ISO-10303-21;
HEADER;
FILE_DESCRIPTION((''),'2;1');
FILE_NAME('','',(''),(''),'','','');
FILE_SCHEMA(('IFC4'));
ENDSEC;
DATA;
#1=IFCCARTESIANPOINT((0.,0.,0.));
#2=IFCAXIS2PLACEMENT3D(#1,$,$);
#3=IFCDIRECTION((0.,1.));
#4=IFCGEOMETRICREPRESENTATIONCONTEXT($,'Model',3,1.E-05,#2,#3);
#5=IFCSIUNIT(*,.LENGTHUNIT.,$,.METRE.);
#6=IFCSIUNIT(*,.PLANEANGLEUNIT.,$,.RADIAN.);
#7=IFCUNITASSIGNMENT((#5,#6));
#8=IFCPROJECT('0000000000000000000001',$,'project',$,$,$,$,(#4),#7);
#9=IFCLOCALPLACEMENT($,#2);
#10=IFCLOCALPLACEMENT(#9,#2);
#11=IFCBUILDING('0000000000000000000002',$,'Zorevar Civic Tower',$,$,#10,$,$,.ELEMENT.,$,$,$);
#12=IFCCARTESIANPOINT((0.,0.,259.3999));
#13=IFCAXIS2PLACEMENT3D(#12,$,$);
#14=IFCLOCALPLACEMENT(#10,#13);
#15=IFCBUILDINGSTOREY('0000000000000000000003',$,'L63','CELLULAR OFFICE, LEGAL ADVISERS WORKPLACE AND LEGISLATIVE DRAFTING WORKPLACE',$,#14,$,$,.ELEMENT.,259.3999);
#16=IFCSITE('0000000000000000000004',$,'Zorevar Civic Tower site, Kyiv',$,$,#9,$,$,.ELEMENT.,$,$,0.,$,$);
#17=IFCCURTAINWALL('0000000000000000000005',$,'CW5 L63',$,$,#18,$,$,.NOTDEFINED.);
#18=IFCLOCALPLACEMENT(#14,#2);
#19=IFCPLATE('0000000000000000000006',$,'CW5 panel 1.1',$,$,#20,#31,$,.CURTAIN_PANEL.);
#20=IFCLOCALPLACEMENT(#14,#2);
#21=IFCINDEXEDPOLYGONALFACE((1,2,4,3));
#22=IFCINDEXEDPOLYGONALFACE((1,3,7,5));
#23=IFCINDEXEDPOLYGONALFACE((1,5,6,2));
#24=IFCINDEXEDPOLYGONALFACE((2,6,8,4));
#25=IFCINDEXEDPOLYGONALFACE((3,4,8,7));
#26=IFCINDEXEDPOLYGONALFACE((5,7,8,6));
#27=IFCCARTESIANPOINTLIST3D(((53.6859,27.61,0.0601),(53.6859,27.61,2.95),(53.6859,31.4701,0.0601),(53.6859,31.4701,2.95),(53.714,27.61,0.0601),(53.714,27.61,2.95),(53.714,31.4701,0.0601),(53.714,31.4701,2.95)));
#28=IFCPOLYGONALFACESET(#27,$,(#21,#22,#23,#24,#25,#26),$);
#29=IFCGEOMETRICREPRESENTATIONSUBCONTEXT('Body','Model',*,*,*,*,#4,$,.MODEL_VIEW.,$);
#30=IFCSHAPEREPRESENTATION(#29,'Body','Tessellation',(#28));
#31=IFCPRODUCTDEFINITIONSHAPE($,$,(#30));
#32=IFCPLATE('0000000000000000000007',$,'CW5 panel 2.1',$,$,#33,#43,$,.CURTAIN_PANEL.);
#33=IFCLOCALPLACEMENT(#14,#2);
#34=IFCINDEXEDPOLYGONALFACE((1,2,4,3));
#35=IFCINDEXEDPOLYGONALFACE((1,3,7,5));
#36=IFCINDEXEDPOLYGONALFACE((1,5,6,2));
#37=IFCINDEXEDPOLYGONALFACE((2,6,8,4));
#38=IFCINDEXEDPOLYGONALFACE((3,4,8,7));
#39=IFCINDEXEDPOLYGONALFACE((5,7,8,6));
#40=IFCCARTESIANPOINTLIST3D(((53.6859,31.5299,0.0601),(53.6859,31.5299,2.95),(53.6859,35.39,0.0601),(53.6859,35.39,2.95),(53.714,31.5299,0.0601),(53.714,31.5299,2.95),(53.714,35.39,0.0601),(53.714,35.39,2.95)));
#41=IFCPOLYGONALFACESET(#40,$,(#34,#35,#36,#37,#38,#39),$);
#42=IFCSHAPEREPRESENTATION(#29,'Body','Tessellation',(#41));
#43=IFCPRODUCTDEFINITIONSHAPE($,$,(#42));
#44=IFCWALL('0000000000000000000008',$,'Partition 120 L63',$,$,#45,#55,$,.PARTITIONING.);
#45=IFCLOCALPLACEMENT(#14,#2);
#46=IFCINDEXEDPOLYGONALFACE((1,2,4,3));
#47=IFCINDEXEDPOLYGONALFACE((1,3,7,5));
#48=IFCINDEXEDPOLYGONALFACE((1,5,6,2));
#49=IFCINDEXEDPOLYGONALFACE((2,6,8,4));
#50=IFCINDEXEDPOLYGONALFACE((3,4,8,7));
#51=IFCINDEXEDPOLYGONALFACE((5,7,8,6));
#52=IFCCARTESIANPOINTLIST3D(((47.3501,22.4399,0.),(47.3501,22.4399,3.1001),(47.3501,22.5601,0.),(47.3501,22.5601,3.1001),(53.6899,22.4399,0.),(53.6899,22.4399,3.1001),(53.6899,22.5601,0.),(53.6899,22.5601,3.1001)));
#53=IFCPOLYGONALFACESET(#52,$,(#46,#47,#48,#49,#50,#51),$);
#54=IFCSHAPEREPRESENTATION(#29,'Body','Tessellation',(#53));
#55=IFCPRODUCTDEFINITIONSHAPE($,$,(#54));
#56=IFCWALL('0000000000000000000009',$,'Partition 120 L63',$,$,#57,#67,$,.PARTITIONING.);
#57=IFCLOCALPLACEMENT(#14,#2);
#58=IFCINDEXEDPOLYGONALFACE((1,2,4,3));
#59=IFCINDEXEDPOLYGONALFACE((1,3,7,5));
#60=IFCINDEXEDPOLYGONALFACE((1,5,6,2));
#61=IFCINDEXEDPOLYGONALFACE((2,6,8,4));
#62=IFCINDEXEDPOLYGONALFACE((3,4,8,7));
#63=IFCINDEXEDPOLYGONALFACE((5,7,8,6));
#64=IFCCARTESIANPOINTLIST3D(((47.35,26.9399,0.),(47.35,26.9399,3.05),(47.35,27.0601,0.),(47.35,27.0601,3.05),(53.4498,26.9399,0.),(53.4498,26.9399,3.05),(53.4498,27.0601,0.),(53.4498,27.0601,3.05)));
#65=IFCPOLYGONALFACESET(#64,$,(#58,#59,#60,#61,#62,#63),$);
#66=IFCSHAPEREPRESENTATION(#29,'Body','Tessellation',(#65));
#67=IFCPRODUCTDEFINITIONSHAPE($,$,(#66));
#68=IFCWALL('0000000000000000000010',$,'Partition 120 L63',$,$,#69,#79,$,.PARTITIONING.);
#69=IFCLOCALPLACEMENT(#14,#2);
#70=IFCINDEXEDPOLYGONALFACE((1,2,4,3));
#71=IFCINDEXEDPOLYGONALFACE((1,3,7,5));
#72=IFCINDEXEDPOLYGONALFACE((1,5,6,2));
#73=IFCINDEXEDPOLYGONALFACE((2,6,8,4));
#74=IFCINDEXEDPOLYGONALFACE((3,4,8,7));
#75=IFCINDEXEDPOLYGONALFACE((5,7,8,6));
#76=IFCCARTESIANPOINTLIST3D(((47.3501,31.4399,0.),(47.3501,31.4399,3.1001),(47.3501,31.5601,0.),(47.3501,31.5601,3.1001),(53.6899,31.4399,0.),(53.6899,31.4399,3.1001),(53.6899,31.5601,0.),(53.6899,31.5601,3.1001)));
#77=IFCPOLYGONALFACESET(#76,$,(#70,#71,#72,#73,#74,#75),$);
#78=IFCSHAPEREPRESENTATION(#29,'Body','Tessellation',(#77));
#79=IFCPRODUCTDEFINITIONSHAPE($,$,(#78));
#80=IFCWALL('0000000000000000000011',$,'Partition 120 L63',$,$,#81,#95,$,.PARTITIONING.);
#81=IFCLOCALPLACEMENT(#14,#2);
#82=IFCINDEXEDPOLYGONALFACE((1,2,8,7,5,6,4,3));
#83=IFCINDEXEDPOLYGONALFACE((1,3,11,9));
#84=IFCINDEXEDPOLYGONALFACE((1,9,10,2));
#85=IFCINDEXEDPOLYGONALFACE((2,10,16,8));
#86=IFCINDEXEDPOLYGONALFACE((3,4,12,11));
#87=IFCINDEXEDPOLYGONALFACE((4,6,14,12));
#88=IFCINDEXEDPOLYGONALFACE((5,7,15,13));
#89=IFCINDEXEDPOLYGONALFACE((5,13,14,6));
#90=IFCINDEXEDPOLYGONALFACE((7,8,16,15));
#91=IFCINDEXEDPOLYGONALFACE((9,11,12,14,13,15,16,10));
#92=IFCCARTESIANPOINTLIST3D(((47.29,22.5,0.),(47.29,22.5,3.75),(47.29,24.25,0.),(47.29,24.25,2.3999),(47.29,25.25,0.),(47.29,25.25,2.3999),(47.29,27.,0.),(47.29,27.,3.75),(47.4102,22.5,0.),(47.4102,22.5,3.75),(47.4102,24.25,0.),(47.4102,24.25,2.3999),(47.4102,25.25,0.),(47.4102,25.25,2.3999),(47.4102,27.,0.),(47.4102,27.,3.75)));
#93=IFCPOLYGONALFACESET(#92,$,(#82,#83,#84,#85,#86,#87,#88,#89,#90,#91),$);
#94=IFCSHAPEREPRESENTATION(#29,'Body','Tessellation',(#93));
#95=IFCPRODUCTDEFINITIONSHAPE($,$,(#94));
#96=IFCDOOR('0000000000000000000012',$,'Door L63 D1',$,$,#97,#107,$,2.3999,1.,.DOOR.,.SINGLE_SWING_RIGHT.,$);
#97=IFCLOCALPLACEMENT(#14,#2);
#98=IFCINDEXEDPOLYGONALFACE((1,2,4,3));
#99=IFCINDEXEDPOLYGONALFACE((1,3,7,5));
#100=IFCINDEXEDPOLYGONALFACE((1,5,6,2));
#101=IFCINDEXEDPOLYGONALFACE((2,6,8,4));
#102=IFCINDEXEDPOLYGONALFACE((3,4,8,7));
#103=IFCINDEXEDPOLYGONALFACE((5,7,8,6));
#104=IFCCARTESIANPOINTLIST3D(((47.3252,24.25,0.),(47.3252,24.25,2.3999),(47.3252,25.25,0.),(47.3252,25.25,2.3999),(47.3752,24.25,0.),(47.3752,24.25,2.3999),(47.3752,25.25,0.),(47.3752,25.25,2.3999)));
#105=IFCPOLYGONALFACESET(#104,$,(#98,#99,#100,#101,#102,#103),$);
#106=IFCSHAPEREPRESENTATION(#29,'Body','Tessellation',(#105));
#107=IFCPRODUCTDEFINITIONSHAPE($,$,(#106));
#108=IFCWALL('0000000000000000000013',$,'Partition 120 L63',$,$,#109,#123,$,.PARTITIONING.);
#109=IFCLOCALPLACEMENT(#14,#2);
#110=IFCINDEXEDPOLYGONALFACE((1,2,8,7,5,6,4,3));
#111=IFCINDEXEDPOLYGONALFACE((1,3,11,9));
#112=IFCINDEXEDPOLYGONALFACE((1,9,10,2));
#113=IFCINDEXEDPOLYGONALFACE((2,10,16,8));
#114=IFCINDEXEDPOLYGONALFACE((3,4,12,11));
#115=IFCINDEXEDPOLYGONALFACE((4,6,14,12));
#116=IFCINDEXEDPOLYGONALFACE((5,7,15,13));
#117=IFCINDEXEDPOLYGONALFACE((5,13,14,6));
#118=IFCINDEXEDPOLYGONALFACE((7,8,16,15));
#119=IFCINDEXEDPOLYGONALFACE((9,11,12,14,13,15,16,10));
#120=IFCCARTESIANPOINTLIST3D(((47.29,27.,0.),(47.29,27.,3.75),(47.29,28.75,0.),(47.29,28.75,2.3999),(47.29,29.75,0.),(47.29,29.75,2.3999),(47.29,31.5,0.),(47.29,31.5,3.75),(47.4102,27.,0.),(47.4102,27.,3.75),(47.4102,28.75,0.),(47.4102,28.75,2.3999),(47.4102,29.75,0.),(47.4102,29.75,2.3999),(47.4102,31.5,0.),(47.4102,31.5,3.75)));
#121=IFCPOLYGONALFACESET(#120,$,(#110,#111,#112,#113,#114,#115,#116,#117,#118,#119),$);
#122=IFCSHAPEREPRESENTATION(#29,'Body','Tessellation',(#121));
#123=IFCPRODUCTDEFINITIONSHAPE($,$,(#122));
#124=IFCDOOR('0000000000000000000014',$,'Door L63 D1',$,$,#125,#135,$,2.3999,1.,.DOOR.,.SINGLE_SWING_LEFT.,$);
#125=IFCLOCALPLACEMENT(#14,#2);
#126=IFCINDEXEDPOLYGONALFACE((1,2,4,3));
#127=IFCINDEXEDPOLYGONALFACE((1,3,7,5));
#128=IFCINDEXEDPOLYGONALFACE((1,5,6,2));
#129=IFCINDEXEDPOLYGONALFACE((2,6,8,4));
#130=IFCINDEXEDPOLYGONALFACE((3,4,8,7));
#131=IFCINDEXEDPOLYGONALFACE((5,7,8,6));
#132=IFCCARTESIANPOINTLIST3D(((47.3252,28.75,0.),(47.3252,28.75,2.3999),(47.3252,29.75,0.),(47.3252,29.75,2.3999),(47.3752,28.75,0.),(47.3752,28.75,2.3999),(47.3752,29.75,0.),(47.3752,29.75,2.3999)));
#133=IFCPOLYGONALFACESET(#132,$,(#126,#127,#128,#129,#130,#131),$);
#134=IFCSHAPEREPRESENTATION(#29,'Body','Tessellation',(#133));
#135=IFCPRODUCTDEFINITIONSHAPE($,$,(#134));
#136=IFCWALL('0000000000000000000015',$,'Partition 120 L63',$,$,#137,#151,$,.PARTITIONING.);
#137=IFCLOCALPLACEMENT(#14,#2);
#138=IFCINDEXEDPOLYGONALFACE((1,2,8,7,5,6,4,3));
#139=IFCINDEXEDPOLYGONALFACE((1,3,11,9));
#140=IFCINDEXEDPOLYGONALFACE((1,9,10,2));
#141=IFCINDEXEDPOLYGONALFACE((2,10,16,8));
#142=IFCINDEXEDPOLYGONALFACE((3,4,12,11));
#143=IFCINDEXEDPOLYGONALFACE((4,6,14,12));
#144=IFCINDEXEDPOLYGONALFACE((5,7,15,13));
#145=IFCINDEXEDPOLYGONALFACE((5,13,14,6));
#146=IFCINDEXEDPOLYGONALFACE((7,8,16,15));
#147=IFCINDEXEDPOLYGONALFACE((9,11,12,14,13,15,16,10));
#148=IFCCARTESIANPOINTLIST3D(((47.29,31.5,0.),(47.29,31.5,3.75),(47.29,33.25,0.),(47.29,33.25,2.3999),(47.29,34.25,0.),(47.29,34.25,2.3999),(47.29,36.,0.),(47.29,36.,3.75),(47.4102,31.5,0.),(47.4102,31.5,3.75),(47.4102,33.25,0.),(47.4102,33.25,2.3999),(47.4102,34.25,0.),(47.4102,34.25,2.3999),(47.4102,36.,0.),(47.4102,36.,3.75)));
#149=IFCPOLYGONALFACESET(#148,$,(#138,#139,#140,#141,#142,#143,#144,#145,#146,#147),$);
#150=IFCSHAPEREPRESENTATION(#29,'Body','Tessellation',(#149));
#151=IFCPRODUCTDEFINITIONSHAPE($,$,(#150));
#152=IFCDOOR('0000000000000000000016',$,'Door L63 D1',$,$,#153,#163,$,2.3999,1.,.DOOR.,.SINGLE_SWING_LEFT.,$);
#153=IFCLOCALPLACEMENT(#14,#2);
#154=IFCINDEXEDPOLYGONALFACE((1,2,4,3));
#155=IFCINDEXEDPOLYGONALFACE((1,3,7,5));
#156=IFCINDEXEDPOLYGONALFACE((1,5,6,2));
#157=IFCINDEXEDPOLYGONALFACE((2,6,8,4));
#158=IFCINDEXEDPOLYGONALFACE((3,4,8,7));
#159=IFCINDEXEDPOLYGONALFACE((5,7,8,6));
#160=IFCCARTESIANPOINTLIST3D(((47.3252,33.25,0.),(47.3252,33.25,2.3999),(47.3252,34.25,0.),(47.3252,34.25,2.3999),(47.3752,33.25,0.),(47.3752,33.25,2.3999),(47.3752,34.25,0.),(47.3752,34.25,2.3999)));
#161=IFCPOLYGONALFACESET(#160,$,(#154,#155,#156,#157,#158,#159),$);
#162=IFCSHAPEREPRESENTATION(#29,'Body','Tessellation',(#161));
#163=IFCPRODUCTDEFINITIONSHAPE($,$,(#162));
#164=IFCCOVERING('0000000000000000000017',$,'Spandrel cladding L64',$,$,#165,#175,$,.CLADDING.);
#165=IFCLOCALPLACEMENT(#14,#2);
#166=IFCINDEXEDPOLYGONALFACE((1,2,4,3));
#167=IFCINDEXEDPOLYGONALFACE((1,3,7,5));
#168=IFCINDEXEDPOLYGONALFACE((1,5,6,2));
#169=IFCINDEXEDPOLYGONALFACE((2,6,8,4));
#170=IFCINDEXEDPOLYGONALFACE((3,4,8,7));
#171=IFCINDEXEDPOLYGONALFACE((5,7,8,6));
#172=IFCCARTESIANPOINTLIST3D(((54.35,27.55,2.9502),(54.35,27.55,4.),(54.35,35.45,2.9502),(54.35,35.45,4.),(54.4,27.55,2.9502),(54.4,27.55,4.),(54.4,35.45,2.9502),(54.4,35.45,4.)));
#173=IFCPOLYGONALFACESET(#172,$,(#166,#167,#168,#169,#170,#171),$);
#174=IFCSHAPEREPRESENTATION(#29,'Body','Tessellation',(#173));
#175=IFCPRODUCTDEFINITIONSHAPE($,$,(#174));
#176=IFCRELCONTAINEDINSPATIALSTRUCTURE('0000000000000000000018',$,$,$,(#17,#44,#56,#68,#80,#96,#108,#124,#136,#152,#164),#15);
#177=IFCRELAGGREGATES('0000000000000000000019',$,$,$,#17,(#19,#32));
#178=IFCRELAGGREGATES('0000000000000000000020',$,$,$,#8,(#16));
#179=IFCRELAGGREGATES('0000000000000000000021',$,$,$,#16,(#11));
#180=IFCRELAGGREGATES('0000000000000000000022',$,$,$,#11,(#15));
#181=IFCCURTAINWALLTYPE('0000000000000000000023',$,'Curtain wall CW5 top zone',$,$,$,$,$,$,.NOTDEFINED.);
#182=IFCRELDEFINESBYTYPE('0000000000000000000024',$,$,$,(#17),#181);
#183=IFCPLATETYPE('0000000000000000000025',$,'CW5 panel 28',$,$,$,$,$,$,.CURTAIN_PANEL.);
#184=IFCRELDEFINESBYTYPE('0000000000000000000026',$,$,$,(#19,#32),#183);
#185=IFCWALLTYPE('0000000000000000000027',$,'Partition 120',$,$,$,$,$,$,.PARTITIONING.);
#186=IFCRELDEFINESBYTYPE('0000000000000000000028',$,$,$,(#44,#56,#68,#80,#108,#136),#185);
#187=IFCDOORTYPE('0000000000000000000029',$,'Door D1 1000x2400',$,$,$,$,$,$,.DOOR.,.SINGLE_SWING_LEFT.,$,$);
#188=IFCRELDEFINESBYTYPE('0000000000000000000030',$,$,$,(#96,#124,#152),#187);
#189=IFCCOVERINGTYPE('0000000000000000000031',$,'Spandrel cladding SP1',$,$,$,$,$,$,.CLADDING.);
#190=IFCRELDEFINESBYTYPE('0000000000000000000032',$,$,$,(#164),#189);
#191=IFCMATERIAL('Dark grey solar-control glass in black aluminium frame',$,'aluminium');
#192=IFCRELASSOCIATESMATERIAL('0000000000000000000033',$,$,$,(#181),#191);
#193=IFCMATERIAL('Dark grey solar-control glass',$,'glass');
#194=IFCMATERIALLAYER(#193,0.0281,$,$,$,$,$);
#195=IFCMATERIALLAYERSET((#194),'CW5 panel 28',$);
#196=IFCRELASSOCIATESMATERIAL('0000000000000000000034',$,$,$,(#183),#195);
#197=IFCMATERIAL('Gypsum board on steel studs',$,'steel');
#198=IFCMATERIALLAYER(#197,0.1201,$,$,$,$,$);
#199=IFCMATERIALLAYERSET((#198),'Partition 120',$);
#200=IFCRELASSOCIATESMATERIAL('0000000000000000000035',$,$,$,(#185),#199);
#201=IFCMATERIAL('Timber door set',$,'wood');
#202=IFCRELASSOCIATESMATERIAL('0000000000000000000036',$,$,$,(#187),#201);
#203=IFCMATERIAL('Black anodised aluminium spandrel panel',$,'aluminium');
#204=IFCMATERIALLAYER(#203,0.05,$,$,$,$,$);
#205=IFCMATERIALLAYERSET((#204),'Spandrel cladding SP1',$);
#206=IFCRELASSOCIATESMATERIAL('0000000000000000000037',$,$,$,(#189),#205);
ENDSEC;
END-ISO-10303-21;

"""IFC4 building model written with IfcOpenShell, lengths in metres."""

from ifc_helpers import new_model, si_unit, direction, frame, frame_2d, origin, origin_2d, place, context, subcontext, project, spatial, rectangle, extrude, material, layer, layer_set, type_object, element, fill, aggregate, save


model = new_model("IFC4")

# Units and contexts
model_context = context("Model", 3, precision=1e-05, world=origin(), true_north=direction((0.0, 1.0)))
body_context = subcontext(model_context, "Body", "Model", "MODEL_VIEW")
ifc_project = project(units=[si_unit("LENGTHUNIT", "METRE"), si_unit("PLANEANGLEUNIT", "RADIAN")], contexts=[model_context])

# Site, building, storey
site_placement = place(None, origin())
site = spatial("IfcSite", under=ifc_project, at=site_placement, Name="Zorevar Civic Tower site, Kyiv", CompositionType="ELEMENT", RefElevation=0.0)
building_placement = place(site_placement, origin())
building = spatial("IfcBuilding", under=site, at=building_placement, Name="Zorevar Civic Tower", CompositionType="ELEMENT")
storey_placement = place(building_placement, frame((0.0, 0.0, 259.3999)))
storey = spatial("IfcBuildingStorey", under=building, at=storey_placement, Name="L63", Description="CELLULAR OFFICE, LEGAL ADVISERS WORKPLACE AND LEGISLATIVE DRAFTING WORKPLACE", CompositionType="ELEMENT", Elevation=259.3999)

# Curtain wall
ifc_material_1 = material(Name="Dark grey solar-control glass in black aluminium frame", Category="aluminium")
curtain_wall_type = type_object("IfcCurtainWallType", Name="Curtain wall CW5 top zone", PredefinedType="NOTDEFINED", material=ifc_material_1)
curtain_wall_1_placement = place(storey_placement, origin())
curtain_wall_1 = element("IfcCurtainWall", 1, at=curtain_wall_1_placement, inside=storey, type_object=curtain_wall_type, Name="CW5 L63", PredefinedType="NOTDEFINED")

# Plates
ifc_material_2 = material(Name="Dark grey solar-control glass", Category="glass")
ifc_layer_1 = layer(ifc_material_2, 0.0281)
ifc_layer_set_1 = layer_set([ifc_layer_1], Name="CW5 panel 28")
plate_type = type_object("IfcPlateType", Name="CW5 panel 28", PredefinedType="CURTAIN_PANEL", material=ifc_layer_set_1)
plate_1_placement = place(storey_placement, frame((53.7, 29.54, 0.0601), z_axis=(0.0, 0.0, 1.0), x_axis=(0.0, 1.0, 0.0)))
plate_1 = element("IfcPlate", 2, at=plate_1_placement, type_object=plate_type, Name="CW5 panel 1.1", PredefinedType="CURTAIN_PANEL", context=body_context, shape_type="SweptSolid", body=[
    extrude(rectangle(XDim=3.8601, YDim=0.0281, at=origin_2d()), origin(), (0.0, 0.0, 1.0), 2.8899),
])
plate_2_placement = place(storey_placement, frame((53.7, 33.46, 0.0601), z_axis=(0.0, 0.0, 1.0), x_axis=(0.0, 1.0, 0.0)))
plate_2 = element("IfcPlate", 3, at=plate_2_placement, type_object=plate_type, Name="CW5 panel 2.1", PredefinedType="CURTAIN_PANEL", context=body_context, shape_type="SweptSolid", body=[
    extrude(rectangle(XDim=3.8601, YDim=0.0281, at=origin_2d()), origin(), (0.0, 0.0, 1.0), 2.8899),
])
aggregate(curtain_wall_1, [plate_1, plate_2])

# Walls
ifc_material_3 = material(Name="Gypsum board on steel studs", Category="steel")
ifc_layer_2 = layer(ifc_material_3, 0.1201)
ifc_layer_set_2 = layer_set([ifc_layer_2], Name="Partition 120")
wall_type = type_object("IfcWallType", Name="Partition 120", PredefinedType="PARTITIONING", material=ifc_layer_set_2)
wall_1_placement = place(storey_placement, frame((47.3501, 22.5, 0.0), z_axis=(0.0, 0.0, 1.0), x_axis=(1.0, 0.0, 0.0)))
element("IfcWall", 4, at=wall_1_placement, inside=storey, type_object=wall_type, Name="Partition 120 L63", PredefinedType="PARTITIONING", context=body_context, shape_type="SweptSolid", body=[
    extrude(rectangle(XDim=6.3398, YDim=0.1201, at=frame_2d((3.1699, 0.0))), origin(), (0.0, 0.0, 1.0), 3.1001),
])
wall_2_placement = place(storey_placement, frame((47.3501, 27.0, 0.0), z_axis=(0.0, 0.0, 1.0), x_axis=(1.0, 0.0, 0.0)))
element("IfcWall", 5, at=wall_2_placement, inside=storey, type_object=wall_type, Name="Partition 120 L63", PredefinedType="PARTITIONING", context=body_context, shape_type="SweptSolid", body=[
    extrude(rectangle(XDim=6.0999, YDim=0.1201, at=frame_2d((3.0498, 0.0))), origin(), (0.0, 0.0, 1.0), 3.05),
])
wall_3_placement = place(storey_placement, frame((47.3501, 31.5, 0.0), z_axis=(0.0, 0.0, 1.0), x_axis=(1.0, 0.0, 0.0)))
element("IfcWall", 6, at=wall_3_placement, inside=storey, type_object=wall_type, Name="Partition 120 L63", PredefinedType="PARTITIONING", context=body_context, shape_type="SweptSolid", body=[
    extrude(rectangle(XDim=6.3398, YDim=0.1201, at=frame_2d((3.1699, 0.0))), origin(), (0.0, 0.0, 1.0), 3.1001),
])

# Walls, openings, doors
wall_4_placement = place(storey_placement, frame((47.3501, 22.5, 0.0), z_axis=(0.0, 0.0, 1.0), x_axis=(0.0, 1.0, 0.0)))
wall_4 = element("IfcWall", 7, at=wall_4_placement, inside=storey, type_object=wall_type, Name="Partition 120 L63", PredefinedType="PARTITIONING", context=body_context, shape_type="SweptSolid", body=[
    extrude(rectangle(XDim=4.5, YDim=0.1201, at=frame_2d((2.25, 0.0))), origin(), (0.0, 0.0, 1.0), 3.75),
])
opening_1_placement = place(wall_4_placement, frame((1.75, 0.0, 0.0)))
opening_1 = element("IfcOpeningElement", 8, at=opening_1_placement, cuts=wall_4, PredefinedType="OPENING", context=body_context, shape_type="SweptSolid", body=[
    extrude(rectangle(XDim=1.0, YDim=2.3999, at=frame_2d((0.5, 1.2))), frame((0.0, 0.0701, 0.0), z_axis=(0.0, -1.0, 0.0), x_axis=(1.0, 0.0, 0.0)), (0.0, 0.0, 1.0), 0.1401),
])
ifc_material_4 = material(Name="Timber door set", Category="wood")
door_type = type_object("IfcDoorType", Name="Door D1 1000x2400", OperationType="SINGLE_SWING_LEFT", PredefinedType="DOOR", material=ifc_material_4)
door_1_placement = place(opening_1_placement, origin())
door_1 = element("IfcDoor", 9, at=door_1_placement, inside=storey, type_object=door_type, Name="Door L63 D1", OperationType="SINGLE_SWING_RIGHT", OverallHeight=2.3999, OverallWidth=1.0, PredefinedType="DOOR", context=body_context, shape_type="SweptSolid", body=[
    extrude(rectangle(XDim=1.0, YDim=2.3999, at=frame_2d((0.5, 1.2))), frame((0.0, 0.0249, 0.0), z_axis=(0.0, -1.0, 0.0), x_axis=(1.0, 0.0, 0.0)), (0.0, 0.0, 1.0), 0.05),
])
fill(opening_1, door_1)
wall_5_placement = place(storey_placement, frame((47.3501, 27.0, 0.0), z_axis=(0.0, 0.0, 1.0), x_axis=(0.0, 1.0, 0.0)))
wall_5 = element("IfcWall", 10, at=wall_5_placement, inside=storey, type_object=wall_type, Name="Partition 120 L63", PredefinedType="PARTITIONING", context=body_context, shape_type="SweptSolid", body=[
    extrude(rectangle(XDim=4.5, YDim=0.1201, at=frame_2d((2.25, 0.0))), origin(), (0.0, 0.0, 1.0), 3.75),
])
opening_2_placement = place(wall_5_placement, frame((1.75, 0.0, 0.0)))
opening_2 = element("IfcOpeningElement", 11, at=opening_2_placement, cuts=wall_5, PredefinedType="OPENING", context=body_context, shape_type="SweptSolid", body=[
    extrude(rectangle(XDim=1.0, YDim=2.3999, at=frame_2d((0.5, 1.2))), frame((0.0, 0.0701, 0.0), z_axis=(0.0, -1.0, 0.0), x_axis=(1.0, 0.0, 0.0)), (0.0, 0.0, 1.0), 0.1401),
])
door_2_placement = place(opening_2_placement, origin())
door_2 = element("IfcDoor", 12, at=door_2_placement, inside=storey, type_object=door_type, Name="Door L63 D1", OperationType="SINGLE_SWING_LEFT", OverallHeight=2.3999, OverallWidth=1.0, PredefinedType="DOOR", context=body_context, shape_type="SweptSolid", body=[
    extrude(rectangle(XDim=1.0, YDim=2.3999, at=frame_2d((0.5, 1.2))), frame((0.0, 0.0249, 0.0), z_axis=(0.0, -1.0, 0.0), x_axis=(1.0, 0.0, 0.0)), (0.0, 0.0, 1.0), 0.05),
])
fill(opening_2, door_2)
wall_6_placement = place(storey_placement, frame((47.3501, 31.5, 0.0), z_axis=(0.0, 0.0, 1.0), x_axis=(0.0, 1.0, 0.0)))
wall_6 = element("IfcWall", 13, at=wall_6_placement, inside=storey, type_object=wall_type, Name="Partition 120 L63", PredefinedType="PARTITIONING", context=body_context, shape_type="SweptSolid", body=[
    extrude(rectangle(XDim=4.5, YDim=0.1201, at=frame_2d((2.25, 0.0))), origin(), (0.0, 0.0, 1.0), 3.75),
])
opening_3_placement = place(wall_6_placement, frame((1.75, 0.0, 0.0)))
opening_3 = element("IfcOpeningElement", 14, at=opening_3_placement, cuts=wall_6, PredefinedType="OPENING", context=body_context, shape_type="SweptSolid", body=[
    extrude(rectangle(XDim=1.0, YDim=2.3999, at=frame_2d((0.5, 1.2))), frame((0.0, 0.0701, 0.0), z_axis=(0.0, -1.0, 0.0), x_axis=(1.0, 0.0, 0.0)), (0.0, 0.0, 1.0), 0.1401),
])
door_3_placement = place(opening_3_placement, origin())
door_3 = element("IfcDoor", 15, at=door_3_placement, inside=storey, type_object=door_type, Name="Door L63 D1", OperationType="SINGLE_SWING_LEFT", OverallHeight=2.3999, OverallWidth=1.0, PredefinedType="DOOR", context=body_context, shape_type="SweptSolid", body=[
    extrude(rectangle(XDim=1.0, YDim=2.3999, at=frame_2d((0.5, 1.2))), frame((0.0, 0.0249, 0.0), z_axis=(0.0, -1.0, 0.0), x_axis=(1.0, 0.0, 0.0)), (0.0, 0.0, 1.0), 0.05),
])
fill(opening_3, door_3)

# Covering
ifc_material_5 = material(Name="Black anodised aluminium spandrel panel", Category="aluminium")
ifc_layer_3 = layer(ifc_material_5, 0.05)
ifc_layer_set_3 = layer_set([ifc_layer_3], Name="Spandrel cladding SP1")
covering_type = type_object("IfcCoveringType", Name="Spandrel cladding SP1", PredefinedType="CLADDING", material=ifc_layer_set_3)
covering_placement = place(storey_placement, frame((54.375, 27.55, 2.9502), z_axis=(0.0, 0.0, 1.0), x_axis=(0.0, 1.0, 0.0)))
element("IfcCovering", 16, at=covering_placement, inside=storey, type_object=covering_type, Name="Spandrel cladding L64", PredefinedType="CLADDING", context=body_context, shape_type="SweptSolid", body=[
    extrude(rectangle(XDim=7.8999, YDim=0.05, at=frame_2d((3.95, 0.0))), origin(), (0.0, 0.0, 1.0), 1.0498),
])

save(model, "model.ifc")
